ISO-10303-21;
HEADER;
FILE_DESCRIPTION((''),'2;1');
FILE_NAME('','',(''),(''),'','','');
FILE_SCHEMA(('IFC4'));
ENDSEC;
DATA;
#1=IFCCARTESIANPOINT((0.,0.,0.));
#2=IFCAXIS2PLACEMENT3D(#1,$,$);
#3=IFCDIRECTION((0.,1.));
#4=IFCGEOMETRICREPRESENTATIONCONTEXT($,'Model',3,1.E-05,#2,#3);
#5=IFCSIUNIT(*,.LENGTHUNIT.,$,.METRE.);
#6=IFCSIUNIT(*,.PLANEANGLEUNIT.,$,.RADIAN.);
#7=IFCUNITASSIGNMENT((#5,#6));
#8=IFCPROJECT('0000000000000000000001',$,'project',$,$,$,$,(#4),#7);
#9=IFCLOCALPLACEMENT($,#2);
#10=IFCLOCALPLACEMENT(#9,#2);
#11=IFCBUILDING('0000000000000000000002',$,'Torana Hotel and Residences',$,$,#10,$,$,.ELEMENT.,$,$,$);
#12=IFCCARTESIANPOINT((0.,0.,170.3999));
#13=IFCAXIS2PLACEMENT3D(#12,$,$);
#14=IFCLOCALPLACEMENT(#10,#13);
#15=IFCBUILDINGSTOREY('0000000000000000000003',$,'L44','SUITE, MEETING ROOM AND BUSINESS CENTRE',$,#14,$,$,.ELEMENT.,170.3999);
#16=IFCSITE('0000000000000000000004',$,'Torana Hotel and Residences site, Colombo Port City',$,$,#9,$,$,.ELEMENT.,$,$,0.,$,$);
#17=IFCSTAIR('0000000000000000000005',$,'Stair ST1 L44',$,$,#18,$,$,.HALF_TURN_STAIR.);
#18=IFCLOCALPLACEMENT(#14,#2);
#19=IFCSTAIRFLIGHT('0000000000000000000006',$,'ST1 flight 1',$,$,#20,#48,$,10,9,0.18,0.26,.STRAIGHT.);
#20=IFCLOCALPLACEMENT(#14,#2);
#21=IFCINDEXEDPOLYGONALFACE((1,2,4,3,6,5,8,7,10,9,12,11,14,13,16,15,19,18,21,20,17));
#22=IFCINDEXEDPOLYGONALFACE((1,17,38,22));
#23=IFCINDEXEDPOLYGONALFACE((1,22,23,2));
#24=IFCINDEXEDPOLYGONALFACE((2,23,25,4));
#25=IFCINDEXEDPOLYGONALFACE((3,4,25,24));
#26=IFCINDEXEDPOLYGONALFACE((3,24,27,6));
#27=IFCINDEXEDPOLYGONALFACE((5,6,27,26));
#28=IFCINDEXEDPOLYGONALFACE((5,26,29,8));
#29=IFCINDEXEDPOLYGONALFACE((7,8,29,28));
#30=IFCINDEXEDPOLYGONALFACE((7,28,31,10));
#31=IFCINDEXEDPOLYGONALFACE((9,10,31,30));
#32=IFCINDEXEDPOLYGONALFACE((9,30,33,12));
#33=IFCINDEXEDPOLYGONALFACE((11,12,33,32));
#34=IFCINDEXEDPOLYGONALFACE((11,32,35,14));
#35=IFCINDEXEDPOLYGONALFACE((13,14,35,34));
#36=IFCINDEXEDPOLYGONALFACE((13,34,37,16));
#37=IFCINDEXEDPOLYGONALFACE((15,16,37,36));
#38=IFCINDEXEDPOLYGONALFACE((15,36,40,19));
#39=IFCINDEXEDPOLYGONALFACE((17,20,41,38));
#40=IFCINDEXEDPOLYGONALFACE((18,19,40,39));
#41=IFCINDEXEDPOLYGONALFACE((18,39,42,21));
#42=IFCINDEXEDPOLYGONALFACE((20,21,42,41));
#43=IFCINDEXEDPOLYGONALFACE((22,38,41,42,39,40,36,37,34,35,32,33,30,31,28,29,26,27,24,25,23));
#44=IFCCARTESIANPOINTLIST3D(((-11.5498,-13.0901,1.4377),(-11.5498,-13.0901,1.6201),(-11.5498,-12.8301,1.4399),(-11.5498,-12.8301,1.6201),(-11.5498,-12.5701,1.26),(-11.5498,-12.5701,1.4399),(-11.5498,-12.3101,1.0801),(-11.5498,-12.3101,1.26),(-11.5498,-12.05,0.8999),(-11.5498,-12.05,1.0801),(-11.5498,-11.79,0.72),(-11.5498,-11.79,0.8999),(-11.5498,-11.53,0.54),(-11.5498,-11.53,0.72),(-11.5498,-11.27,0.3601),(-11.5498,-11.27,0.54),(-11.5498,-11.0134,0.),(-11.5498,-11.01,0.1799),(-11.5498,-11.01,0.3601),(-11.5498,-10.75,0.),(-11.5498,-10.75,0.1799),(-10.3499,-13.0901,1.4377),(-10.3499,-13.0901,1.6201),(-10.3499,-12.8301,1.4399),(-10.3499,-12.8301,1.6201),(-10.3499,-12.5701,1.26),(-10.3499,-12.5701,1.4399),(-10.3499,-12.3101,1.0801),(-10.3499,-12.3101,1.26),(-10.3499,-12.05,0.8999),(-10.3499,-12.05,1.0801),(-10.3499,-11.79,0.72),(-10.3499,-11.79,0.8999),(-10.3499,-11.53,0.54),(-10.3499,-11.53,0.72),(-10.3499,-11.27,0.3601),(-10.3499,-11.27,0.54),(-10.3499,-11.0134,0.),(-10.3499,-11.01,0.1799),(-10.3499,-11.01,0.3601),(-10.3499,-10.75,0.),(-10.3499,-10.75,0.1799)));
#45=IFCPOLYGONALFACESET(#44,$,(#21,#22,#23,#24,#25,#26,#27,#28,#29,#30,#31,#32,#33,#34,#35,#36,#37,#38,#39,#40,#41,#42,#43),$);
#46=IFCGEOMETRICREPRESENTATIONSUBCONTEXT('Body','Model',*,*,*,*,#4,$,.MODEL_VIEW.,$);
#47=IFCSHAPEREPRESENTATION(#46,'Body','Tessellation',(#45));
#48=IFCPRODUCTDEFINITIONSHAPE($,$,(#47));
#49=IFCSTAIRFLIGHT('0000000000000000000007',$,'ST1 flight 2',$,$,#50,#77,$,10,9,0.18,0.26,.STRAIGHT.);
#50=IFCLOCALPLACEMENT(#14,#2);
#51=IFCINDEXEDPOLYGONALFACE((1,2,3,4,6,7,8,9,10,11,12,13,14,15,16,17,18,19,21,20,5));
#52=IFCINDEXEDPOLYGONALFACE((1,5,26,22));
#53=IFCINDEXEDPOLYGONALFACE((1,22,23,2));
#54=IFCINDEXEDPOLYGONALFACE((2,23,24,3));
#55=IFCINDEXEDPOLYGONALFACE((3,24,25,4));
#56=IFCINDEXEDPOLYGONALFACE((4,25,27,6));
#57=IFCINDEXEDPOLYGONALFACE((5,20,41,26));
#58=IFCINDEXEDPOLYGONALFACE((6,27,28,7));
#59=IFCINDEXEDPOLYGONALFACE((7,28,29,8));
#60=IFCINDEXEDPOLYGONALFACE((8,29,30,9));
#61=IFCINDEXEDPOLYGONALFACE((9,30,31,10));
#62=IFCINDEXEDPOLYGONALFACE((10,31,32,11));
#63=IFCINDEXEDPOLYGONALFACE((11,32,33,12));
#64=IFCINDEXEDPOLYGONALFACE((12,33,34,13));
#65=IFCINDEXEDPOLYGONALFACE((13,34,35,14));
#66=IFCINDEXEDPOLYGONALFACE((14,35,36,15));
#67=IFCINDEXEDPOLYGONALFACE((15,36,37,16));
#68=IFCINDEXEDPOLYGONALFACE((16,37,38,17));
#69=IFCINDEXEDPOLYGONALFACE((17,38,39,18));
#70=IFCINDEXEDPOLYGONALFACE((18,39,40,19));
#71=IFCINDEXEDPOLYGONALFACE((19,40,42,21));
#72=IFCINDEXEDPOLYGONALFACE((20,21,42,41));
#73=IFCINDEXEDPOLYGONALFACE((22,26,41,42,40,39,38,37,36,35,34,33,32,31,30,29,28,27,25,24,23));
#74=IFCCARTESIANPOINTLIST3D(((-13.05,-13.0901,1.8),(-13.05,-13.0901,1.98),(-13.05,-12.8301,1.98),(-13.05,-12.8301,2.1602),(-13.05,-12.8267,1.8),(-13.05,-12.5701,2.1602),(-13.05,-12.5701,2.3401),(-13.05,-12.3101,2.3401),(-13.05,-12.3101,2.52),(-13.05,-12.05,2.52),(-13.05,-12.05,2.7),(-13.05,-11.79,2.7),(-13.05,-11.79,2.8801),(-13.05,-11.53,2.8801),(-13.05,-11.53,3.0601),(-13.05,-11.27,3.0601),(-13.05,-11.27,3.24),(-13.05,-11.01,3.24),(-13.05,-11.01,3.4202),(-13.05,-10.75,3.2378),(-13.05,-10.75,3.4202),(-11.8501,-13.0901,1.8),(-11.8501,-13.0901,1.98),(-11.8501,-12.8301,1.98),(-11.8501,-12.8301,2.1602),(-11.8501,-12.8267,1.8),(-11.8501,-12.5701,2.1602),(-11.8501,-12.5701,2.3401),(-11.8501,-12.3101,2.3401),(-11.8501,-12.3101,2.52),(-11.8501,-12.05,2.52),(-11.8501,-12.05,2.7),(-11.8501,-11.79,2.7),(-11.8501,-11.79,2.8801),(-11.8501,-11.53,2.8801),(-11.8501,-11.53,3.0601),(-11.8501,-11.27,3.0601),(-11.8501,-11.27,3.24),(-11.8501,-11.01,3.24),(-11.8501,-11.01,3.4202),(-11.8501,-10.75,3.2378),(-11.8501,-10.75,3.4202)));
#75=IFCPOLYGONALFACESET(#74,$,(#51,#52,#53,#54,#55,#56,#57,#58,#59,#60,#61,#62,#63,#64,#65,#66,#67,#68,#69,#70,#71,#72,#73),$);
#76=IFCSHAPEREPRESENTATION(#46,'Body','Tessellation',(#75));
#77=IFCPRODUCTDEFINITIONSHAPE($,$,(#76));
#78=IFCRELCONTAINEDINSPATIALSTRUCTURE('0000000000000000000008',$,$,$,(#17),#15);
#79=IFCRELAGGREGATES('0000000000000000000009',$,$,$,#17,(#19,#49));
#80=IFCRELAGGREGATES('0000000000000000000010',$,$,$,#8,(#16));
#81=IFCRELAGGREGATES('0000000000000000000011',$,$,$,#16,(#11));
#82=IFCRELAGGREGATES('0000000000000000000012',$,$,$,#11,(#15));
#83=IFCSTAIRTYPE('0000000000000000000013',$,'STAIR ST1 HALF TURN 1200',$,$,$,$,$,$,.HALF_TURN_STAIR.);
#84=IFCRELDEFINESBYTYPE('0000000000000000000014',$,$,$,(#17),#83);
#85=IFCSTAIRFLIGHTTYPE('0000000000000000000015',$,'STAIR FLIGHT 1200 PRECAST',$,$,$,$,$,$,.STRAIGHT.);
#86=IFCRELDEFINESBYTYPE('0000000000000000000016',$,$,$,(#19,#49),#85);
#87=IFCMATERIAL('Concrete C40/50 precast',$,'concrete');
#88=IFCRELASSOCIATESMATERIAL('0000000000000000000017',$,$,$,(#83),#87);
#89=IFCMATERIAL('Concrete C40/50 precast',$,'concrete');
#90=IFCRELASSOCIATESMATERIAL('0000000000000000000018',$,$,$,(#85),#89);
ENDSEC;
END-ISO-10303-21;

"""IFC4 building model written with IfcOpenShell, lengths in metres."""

from ifc_helpers import new_model, si_unit, direction, frame, origin, place, context, subcontext, project, spatial, polyline, outline, extrude, material, type_object, element, aggregate, save


model = new_model("IFC4")

# Units and contexts
model_context = context("Model", 3, precision=1e-05, world=origin(), true_north=direction((0.0, 1.0)))
body_context = subcontext(model_context, "Body", "Model", "MODEL_VIEW")
ifc_project = project(units=[si_unit("LENGTHUNIT", "METRE"), si_unit("PLANEANGLEUNIT", "RADIAN")], contexts=[model_context])

# Site, building, storey
site_placement = place(None, origin())
site = spatial("IfcSite", under=ifc_project, at=site_placement, Name="Torana Hotel and Residences site, Colombo Port City", CompositionType="ELEMENT", RefElevation=0.0)
building_placement = place(site_placement, origin())
building = spatial("IfcBuilding", under=site, at=building_placement, Name="Torana Hotel and Residences", CompositionType="ELEMENT")
storey_placement = place(building_placement, frame((0.0, 0.0, 170.3999)))
storey = spatial("IfcBuildingStorey", under=building, at=storey_placement, Name="L44", Description="SUITE, MEETING ROOM AND BUSINESS CENTRE", CompositionType="ELEMENT", Elevation=170.3999)

# Stair, stair flights
ifc_material_1 = material(Name="Concrete C40/50 precast", Category="concrete")
stair_type = type_object("IfcStairType", Name="STAIR ST1 HALF TURN 1200", PredefinedType="HALF_TURN_STAIR", material=ifc_material_1)
stair_placement = place(storey_placement, origin())
stair = element("IfcStair", 1, at=stair_placement, inside=storey, type_object=stair_type, Name="Stair ST1 L44", PredefinedType="HALF_TURN_STAIR")
ifc_material_2 = material(Name="Concrete C40/50 precast", Category="concrete")
stair_flight_type = type_object("IfcStairFlightType", Name="STAIR FLIGHT 1200 PRECAST", PredefinedType="STRAIGHT", material=ifc_material_2)
stair_flight_1_placement = place(storey_placement, frame((-10.95, -10.75, 0.0), z_axis=(0.0, 0.0, 1.0), x_axis=(0.0, -1.0, 0.0)))
stair_flight_1 = element("IfcStairFlight", 2, at=stair_flight_1_placement, type_object=stair_flight_type, Name="ST1 flight 1", NumberOfRisers=10, NumberOfTreads=9, PredefinedType="STRAIGHT", RiserHeight=0.18, TreadLength=0.26, context=body_context, shape_type="SweptSolid", body=[
    extrude(outline(polyline([(0.0, 0.0), (0.0, 0.1799), (0.26, 0.1799), (0.26, 0.3601), (0.52, 0.3601), (0.52, 0.54), (0.78, 0.54), (0.78, 0.72), (1.04, 0.72), (1.04, 0.8999), (1.3, 0.8999), (1.3, 1.0801), (1.5601, 1.0801), (1.5601, 1.26), (1.8201, 1.26), (1.8201, 1.4399), (2.0801, 1.4399), (2.0801, 1.6201), (2.3401, 1.6201), (2.3401, 1.8), (2.3401, 1.4377), (0.2634, 0.0), (0.0, 0.0)])), frame((0.0, 0.6001, 0.0), z_axis=(0.0, -1.0, 0.0), x_axis=(1.0, 0.0, 0.0)), (0.0, 0.0, 1.0), 1.2),
])
stair_flight_2_placement = place(storey_placement, frame((-12.45, -13.0901, 1.8), z_axis=(0.0, 0.0, 1.0), x_axis=(0.0, 1.0, 0.0)))
stair_flight_2 = element("IfcStairFlight", 3, at=stair_flight_2_placement, type_object=stair_flight_type, Name="ST1 flight 2", NumberOfRisers=10, NumberOfTreads=9, PredefinedType="STRAIGHT", RiserHeight=0.18, TreadLength=0.26, context=body_context, shape_type="SweptSolid", body=[
    extrude(outline(polyline([(0.0, 0.0), (0.0, 0.1799), (0.26, 0.1799), (0.26, 0.3601), (0.52, 0.3601), (0.52, 0.54), (0.78, 0.54), (0.78, 0.72), (1.04, 0.72), (1.04, 0.8999), (1.3, 0.8999), (1.3, 1.0801), (1.5601, 1.0801), (1.5601, 1.26), (1.8201, 1.26), (1.8201, 1.4399), (2.0801, 1.4399), (2.0801, 1.6201), (2.3401, 1.6201), (2.3401, 1.8), (2.3401, 1.4377), (0.2634, 0.0), (0.0, 0.0)])), frame((0.0, 0.6001, 0.0), z_axis=(0.0, -1.0, 0.0), x_axis=(1.0, 0.0, 0.0)), (0.0, 0.0, 1.0), 1.2),
])
aggregate(stair, [stair_flight_1, stair_flight_2])

save(model, "model.ifc")
